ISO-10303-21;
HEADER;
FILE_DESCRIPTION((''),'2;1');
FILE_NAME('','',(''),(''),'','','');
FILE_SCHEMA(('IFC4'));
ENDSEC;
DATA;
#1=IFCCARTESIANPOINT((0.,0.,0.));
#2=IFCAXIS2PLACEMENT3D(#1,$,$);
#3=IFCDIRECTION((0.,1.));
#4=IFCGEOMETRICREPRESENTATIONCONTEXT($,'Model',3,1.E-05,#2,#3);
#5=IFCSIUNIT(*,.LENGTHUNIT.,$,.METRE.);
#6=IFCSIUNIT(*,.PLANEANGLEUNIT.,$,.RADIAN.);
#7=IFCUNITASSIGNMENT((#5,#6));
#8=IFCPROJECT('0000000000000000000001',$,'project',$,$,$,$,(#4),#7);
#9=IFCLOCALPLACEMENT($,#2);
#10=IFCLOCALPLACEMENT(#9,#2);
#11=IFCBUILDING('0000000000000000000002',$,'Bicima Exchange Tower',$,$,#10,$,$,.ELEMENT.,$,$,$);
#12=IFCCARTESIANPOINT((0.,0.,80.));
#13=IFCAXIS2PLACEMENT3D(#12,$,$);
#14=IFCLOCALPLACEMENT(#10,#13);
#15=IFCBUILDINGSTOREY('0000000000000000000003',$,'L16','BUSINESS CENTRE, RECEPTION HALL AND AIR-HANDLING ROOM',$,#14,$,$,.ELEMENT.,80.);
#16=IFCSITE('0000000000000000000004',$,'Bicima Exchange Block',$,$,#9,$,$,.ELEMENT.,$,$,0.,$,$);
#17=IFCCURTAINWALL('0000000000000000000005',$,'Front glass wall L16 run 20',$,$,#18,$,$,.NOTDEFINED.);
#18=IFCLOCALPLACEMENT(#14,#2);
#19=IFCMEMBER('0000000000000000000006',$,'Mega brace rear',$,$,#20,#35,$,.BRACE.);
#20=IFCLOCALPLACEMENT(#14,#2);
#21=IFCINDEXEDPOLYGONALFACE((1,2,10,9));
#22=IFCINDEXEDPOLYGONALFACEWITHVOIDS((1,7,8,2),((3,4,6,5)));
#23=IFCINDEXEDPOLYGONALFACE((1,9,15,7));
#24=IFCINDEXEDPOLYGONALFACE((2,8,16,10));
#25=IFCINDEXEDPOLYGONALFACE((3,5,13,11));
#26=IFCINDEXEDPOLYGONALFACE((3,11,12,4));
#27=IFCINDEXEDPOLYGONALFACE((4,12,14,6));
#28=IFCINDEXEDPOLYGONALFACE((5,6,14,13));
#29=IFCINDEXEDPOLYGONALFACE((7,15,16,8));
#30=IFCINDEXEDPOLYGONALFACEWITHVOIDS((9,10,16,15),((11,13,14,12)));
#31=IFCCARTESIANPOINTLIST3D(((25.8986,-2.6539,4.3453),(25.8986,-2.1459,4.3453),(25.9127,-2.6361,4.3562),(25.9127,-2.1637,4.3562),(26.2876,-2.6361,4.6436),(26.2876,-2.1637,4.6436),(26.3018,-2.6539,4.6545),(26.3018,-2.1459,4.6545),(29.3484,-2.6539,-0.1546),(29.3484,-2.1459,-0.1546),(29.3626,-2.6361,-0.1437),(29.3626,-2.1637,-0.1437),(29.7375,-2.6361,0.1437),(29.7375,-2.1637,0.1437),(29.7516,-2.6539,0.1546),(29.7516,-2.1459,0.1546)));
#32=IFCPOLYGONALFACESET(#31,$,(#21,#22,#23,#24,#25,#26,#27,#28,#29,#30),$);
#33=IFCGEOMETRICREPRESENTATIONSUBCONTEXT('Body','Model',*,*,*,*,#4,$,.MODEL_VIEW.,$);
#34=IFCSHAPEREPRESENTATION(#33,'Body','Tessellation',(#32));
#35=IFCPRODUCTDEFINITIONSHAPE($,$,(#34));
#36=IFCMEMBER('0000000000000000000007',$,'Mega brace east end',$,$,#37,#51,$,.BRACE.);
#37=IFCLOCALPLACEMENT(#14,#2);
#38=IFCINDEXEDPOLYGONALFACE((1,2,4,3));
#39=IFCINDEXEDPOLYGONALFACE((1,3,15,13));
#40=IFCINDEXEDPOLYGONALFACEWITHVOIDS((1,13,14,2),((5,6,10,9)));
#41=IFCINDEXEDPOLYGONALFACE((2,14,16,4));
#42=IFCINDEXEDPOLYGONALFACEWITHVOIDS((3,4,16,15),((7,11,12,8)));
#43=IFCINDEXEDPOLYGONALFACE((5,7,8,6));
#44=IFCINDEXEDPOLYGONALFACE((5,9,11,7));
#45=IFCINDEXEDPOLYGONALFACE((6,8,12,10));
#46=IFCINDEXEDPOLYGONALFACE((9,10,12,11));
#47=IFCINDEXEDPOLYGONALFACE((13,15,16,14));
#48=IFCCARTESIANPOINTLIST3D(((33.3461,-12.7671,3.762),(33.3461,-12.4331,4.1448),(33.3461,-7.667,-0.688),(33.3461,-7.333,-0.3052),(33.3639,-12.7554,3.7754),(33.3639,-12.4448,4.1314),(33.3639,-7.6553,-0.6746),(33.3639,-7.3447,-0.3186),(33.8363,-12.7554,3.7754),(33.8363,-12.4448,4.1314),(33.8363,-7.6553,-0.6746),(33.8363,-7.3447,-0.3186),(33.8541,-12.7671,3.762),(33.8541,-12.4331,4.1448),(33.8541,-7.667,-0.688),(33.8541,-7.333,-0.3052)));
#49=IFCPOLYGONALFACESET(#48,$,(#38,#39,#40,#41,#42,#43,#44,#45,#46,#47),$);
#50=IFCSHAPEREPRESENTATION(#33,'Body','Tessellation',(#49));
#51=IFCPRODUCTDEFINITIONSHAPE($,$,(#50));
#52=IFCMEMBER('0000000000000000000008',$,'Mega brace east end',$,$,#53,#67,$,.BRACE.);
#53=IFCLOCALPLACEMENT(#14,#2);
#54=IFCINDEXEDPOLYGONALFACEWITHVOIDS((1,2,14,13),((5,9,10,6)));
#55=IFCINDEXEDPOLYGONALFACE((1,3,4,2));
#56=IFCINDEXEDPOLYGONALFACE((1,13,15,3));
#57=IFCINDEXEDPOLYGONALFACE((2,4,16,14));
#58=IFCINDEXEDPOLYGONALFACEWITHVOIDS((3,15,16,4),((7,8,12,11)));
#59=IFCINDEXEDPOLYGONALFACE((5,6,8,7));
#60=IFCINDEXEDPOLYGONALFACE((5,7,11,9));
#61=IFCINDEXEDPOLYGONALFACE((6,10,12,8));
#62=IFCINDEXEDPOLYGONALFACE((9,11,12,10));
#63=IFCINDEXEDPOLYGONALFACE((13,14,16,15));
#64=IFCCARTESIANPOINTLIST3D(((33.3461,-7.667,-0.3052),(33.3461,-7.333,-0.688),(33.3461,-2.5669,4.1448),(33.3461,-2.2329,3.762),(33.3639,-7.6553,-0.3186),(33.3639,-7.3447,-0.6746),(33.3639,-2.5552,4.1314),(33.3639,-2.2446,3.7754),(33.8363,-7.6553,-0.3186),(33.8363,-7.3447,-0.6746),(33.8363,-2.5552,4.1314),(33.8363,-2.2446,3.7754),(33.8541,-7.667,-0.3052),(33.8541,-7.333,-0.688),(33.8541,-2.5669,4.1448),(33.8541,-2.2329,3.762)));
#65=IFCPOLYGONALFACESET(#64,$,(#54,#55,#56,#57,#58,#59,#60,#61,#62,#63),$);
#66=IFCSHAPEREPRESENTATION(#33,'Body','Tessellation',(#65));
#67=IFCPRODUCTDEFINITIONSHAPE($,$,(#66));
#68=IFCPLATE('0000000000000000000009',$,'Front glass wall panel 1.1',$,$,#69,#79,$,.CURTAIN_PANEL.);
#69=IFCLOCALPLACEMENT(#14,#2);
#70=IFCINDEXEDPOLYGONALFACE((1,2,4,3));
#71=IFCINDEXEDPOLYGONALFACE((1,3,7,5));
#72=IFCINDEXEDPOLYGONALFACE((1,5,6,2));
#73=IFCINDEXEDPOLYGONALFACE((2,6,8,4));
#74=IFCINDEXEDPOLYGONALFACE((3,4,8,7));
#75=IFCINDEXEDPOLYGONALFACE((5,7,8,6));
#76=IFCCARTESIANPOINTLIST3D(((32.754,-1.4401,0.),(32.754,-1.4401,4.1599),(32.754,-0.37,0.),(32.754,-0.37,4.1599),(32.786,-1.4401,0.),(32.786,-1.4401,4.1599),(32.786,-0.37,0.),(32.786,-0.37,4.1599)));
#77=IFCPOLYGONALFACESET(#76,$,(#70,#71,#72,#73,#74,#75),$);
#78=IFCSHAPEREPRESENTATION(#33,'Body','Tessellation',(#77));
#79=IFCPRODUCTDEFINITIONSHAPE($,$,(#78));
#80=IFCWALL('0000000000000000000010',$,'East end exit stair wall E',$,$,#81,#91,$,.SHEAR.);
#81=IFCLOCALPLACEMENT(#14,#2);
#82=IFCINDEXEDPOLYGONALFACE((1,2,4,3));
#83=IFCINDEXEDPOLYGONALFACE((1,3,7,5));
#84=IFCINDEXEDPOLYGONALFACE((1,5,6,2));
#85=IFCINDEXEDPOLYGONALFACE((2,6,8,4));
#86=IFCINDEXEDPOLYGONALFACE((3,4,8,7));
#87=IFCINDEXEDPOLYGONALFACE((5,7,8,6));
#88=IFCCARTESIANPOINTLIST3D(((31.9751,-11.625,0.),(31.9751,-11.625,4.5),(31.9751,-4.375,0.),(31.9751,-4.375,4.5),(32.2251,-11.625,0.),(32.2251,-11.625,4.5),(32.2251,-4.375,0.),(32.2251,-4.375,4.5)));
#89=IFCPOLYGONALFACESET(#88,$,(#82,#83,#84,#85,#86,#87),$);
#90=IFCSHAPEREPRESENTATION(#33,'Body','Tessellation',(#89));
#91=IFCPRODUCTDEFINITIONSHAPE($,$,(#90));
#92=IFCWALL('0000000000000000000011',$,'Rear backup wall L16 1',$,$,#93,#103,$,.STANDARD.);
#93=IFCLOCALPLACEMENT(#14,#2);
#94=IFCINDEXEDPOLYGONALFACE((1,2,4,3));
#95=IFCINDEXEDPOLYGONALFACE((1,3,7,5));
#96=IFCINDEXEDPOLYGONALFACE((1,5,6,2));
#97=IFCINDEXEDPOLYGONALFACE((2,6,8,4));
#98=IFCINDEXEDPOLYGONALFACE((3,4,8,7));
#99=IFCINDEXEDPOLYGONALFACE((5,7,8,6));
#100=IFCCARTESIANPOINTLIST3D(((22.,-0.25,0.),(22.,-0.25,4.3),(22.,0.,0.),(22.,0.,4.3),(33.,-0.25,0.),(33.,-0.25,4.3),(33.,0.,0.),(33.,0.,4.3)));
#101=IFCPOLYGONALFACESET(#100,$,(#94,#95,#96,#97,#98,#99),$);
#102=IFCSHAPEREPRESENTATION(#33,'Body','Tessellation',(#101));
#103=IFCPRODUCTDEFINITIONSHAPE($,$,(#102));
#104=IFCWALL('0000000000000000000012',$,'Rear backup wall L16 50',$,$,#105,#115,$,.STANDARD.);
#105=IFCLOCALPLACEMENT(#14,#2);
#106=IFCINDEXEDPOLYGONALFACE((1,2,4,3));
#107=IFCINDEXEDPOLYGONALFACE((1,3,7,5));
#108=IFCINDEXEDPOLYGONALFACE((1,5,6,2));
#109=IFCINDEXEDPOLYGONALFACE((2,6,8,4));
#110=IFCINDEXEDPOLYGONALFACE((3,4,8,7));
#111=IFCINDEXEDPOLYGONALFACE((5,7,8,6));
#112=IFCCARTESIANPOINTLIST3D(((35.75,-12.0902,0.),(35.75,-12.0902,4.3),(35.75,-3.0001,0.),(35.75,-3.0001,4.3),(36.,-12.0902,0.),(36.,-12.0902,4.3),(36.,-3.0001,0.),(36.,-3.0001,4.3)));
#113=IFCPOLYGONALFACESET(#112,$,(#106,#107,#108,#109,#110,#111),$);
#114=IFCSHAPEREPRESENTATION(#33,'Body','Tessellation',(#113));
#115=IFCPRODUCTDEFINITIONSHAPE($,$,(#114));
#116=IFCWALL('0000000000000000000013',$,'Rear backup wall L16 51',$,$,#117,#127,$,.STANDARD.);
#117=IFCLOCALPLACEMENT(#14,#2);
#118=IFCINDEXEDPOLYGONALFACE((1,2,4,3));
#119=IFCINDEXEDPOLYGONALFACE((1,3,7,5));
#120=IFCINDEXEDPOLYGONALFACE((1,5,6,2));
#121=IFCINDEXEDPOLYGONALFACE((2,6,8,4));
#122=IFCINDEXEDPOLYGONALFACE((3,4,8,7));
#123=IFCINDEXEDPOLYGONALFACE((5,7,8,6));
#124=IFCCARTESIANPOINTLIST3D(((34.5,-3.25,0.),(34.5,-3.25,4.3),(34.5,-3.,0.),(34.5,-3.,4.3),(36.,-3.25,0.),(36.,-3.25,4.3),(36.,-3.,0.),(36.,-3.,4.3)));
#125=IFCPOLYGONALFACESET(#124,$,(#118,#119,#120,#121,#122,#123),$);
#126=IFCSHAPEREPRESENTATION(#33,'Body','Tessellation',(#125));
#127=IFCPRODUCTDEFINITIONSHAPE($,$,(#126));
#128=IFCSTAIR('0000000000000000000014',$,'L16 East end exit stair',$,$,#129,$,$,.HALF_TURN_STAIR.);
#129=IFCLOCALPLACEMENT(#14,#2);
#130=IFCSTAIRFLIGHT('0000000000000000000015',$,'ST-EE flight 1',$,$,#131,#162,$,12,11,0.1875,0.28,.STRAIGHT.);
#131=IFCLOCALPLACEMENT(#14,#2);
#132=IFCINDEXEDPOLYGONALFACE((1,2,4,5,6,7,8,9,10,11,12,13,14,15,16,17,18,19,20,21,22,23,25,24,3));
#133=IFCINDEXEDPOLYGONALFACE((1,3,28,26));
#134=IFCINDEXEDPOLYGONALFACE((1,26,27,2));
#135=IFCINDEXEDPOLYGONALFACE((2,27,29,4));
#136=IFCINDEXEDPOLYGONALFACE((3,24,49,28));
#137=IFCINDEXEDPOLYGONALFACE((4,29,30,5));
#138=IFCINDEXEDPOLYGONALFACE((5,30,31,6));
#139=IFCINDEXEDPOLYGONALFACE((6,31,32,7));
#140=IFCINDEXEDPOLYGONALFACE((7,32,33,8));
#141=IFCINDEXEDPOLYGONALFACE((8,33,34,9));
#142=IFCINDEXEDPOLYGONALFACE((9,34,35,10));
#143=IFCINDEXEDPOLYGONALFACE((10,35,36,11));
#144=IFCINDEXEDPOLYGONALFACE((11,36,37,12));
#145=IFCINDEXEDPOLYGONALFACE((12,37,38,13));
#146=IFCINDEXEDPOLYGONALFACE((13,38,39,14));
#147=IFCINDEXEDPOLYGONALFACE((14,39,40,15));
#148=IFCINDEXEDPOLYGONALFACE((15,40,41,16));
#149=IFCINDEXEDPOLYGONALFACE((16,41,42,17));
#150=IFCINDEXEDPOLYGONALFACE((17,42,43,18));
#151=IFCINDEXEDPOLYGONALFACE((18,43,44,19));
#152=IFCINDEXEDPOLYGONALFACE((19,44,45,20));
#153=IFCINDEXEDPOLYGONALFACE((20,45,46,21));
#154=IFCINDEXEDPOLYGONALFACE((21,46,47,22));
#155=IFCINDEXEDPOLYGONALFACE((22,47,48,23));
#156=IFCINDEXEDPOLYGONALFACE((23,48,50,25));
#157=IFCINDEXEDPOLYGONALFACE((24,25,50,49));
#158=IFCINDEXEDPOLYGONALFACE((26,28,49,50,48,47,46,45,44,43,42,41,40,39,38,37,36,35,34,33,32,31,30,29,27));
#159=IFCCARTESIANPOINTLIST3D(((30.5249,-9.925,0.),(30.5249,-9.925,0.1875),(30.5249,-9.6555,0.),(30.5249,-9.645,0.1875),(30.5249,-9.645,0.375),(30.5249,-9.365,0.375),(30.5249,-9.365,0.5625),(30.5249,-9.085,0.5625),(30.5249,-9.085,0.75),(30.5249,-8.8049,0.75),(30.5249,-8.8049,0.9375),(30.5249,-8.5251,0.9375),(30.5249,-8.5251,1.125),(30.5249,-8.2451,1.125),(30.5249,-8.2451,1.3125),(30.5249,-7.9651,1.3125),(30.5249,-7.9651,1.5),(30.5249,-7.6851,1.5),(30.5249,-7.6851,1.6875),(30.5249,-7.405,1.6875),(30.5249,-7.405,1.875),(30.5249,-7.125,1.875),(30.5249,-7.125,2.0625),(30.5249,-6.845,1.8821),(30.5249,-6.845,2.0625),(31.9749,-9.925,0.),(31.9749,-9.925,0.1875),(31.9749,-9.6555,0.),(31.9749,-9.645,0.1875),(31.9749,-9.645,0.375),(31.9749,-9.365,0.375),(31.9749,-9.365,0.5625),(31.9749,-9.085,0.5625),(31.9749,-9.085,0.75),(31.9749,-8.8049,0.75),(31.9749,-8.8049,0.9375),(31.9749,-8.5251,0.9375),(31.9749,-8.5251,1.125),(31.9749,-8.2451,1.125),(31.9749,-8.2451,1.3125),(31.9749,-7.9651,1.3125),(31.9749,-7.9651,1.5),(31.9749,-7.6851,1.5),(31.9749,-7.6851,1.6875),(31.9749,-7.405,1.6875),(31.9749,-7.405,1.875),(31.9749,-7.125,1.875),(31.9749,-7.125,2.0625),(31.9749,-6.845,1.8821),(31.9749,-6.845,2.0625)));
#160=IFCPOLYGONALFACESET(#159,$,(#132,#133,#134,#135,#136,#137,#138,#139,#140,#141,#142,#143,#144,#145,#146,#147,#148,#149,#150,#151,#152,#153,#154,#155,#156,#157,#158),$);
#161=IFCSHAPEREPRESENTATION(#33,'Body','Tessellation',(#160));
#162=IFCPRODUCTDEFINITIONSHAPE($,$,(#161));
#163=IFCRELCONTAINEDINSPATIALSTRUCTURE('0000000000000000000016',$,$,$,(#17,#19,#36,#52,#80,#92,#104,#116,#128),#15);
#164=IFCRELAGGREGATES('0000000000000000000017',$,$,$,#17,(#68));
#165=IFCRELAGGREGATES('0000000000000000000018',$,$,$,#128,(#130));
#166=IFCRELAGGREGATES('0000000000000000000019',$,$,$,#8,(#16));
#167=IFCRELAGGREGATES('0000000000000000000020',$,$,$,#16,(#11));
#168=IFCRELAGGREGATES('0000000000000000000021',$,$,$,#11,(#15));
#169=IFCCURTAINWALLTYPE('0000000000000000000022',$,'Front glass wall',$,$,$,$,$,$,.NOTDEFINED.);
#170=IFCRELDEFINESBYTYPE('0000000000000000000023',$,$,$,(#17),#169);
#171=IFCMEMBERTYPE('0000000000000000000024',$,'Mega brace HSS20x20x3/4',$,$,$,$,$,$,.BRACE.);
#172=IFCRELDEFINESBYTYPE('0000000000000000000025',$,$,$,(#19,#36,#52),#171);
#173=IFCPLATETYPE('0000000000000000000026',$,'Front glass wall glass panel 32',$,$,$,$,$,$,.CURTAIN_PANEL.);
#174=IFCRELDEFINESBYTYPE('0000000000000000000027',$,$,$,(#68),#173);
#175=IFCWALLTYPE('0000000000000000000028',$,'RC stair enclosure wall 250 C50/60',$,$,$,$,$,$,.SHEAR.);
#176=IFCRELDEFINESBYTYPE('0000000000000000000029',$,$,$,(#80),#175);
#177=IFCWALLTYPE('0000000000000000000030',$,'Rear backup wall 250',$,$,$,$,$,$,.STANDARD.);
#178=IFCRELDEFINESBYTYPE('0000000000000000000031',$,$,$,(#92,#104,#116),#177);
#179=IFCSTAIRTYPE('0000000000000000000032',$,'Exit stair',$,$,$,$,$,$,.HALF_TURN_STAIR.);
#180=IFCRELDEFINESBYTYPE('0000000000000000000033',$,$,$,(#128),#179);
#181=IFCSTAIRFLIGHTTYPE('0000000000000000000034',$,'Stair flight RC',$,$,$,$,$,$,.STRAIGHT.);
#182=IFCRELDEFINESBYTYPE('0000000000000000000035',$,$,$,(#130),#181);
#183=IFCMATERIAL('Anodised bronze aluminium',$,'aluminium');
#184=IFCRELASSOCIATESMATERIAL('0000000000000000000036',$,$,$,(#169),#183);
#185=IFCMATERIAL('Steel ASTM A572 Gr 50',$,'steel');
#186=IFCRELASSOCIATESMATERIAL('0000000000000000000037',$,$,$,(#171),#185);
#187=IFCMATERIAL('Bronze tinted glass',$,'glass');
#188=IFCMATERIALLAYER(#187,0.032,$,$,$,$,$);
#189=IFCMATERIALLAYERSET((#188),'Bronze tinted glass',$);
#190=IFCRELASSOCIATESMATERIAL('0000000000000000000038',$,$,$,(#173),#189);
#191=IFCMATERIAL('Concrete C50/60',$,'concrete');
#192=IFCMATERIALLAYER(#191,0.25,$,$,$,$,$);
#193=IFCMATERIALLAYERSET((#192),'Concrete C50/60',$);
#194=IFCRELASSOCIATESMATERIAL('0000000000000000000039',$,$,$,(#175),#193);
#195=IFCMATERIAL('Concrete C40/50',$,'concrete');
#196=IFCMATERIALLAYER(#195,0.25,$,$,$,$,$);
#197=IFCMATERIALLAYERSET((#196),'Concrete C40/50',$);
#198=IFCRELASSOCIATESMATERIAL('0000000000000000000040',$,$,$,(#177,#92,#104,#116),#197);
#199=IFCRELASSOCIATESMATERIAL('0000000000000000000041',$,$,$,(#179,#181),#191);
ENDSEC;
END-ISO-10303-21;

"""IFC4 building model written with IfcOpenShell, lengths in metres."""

from ifc_helpers import new_model, si_unit, direction, frame, frame_2d, origin, origin_2d, place, context, subcontext, project, spatial, polyline, rectangle, hollow_rectangle, outline, extrude, material, layer, layer_set, layer_usage, material_profile, profile_set, type_object, element, aggregate, save


model = new_model("IFC4")

# Units and contexts
model_context = context("Model", 3, precision=1e-05, world=origin(), true_north=direction((0.0, 1.0)))
body_context = subcontext(model_context, "Body", "Model", "MODEL_VIEW")
ifc_project = project(units=[si_unit("LENGTHUNIT", "METRE"), si_unit("PLANEANGLEUNIT", "RADIAN")], contexts=[model_context])

# Site, building, storey
site_placement = place(None, origin())
site = spatial("IfcSite", under=ifc_project, at=site_placement, Name="Bicima Exchange Block", CompositionType="ELEMENT", RefElevation=0.0)
building_placement = place(site_placement, origin())
building = spatial("IfcBuilding", under=site, at=building_placement, Name="Bicima Exchange Tower", CompositionType="ELEMENT")
storey_placement = place(building_placement, frame((0.0, 0.0, 80.0)))
storey = spatial("IfcBuildingStorey", under=building, at=storey_placement, Name="L16", Description="BUSINESS CENTRE, RECEPTION HALL AND AIR-HANDLING ROOM", CompositionType="ELEMENT", Elevation=80.0)

# Shared definitions
ifc_material_1 = material(Name="Steel ASTM A572 Gr 50", Category="steel")

# Shared definitions
ifc_material_2 = material(Name="Anodised bronze aluminium", Category="aluminium")

# Curtain wall
curtain_wall_type_1 = type_object("IfcCurtainWallType", Name="Front glass wall", PredefinedType="NOTDEFINED", material=ifc_material_2)
curtain_wall_1_placement = place(storey_placement, origin())
curtain_wall_1 = element("IfcCurtainWall", 1, at=curtain_wall_1_placement, inside=storey, type_object=curtain_wall_type_1, Name="Front glass wall L16 run 20", PredefinedType="NOTDEFINED")

# Members
ifc_material_profile_1 = material_profile(ifc_material_1, hollow_rectangle(XDim=0.5081, YDim=0.5081, WallThickness=0.0178, at=origin_2d()))
ifc_profile_set_1 = profile_set([ifc_material_profile_1], Name="Steel ASTM A572 Gr 50")
member_type_1 = type_object("IfcMemberType", Name="Mega brace HSS20x20x3/4", PredefinedType="BRACE", material=ifc_profile_set_1)
for number, where, z_axis, x_axis, name in (
    (2, (29.55, -2.3999, 0.0), (-0.608426, 0.0, 0.793611), (0.0, -1.0, 0.0), "Mega brace rear"),
):
    element("IfcMember", number, at=place(storey_placement, frame(where, z_axis=z_axis, x_axis=x_axis)), inside=storey, type_object=member_type_1, Name=name, PredefinedType="BRACE", context=body_context, shape_type="SweptSolid", body=[
        extrude(hollow_rectangle(XDim=0.5081, YDim=0.5081, WallThickness=0.0178, at=origin_2d()), origin(), (0.0, 0.0, 1.0), 5.6702),
    ])
for number, where, z_axis, x_axis, name in (
    (3, (33.6001, -7.5, -0.4966), (0.0, -0.753501, 0.657447), (1.0, 0.0, 0.0), "Mega brace east end"),
    (4, (33.6001, -7.5, -0.4966), (0.0, 0.753501, 0.657447), (-1.0, 0.0, 0.0), "Mega brace east end"),
):
    element("IfcMember", number, at=place(storey_placement, frame(where, z_axis=z_axis, x_axis=x_axis)), inside=storey, type_object=member_type_1, Name=name, PredefinedType="BRACE", context=body_context, shape_type="SweptSolid", body=[
        extrude(hollow_rectangle(XDim=0.5081, YDim=0.5081, WallThickness=0.0178, at=origin_2d()), origin(), (0.0, 0.0, 1.0), 6.7686),
    ])

# Plate
ifc_material_3 = material(Name="Bronze tinted glass", Category="glass")
ifc_layer_1 = layer(ifc_material_3, 0.032)
ifc_layer_set_1 = layer_set([ifc_layer_1], Name="Bronze tinted glass")
plate_type = type_object("IfcPlateType", Name="Front glass wall glass panel 32", PredefinedType="CURTAIN_PANEL", material=ifc_layer_set_1)
plate_placement = place(storey_placement, frame((32.77, -0.905, 0.0), z_axis=(0.0, 0.0, 1.0), x_axis=(0.0, 1.0, 0.0)))
plate = element("IfcPlate", 5, at=plate_placement, type_object=plate_type, Name="Front glass wall panel 1.1", PredefinedType="CURTAIN_PANEL", context=body_context, shape_type="SweptSolid", body=[
    extrude(rectangle(XDim=1.0701, YDim=0.032, at=origin_2d()), origin(), (0.0, 0.0, 1.0), 4.1599),
])
aggregate(curtain_wall_1, [plate])

# Walls
ifc_material_4 = material(Name="Concrete C50/60", Category="concrete")
ifc_layer_2 = layer(ifc_material_4, 0.25)
ifc_layer_set_2 = layer_set([ifc_layer_2], Name="Concrete C50/60")
wall_type_1 = type_object("IfcWallType", Name="RC stair enclosure wall 250 C50/60", PredefinedType="SHEAR", material=ifc_layer_set_2)
wall_1_placement = place(storey_placement, frame((32.1001, -11.625, 0.0), z_axis=(0.0, 0.0, 1.0), x_axis=(0.0, 1.0, 0.0)))
element("IfcWall", 6, at=wall_1_placement, inside=storey, type_object=wall_type_1, Name="East end exit stair wall E", PredefinedType="SHEAR", context=body_context, shape_type="SweptSolid", body=[
    extrude(rectangle(XDim=7.25, YDim=0.25, at=frame_2d((3.625, 0.0))), origin(), (0.0, 0.0, 1.0), 4.5),
])
ifc_material_5 = material(Name="Concrete C40/50", Category="concrete")
ifc_layer_3 = layer(ifc_material_5, 0.25)
ifc_layer_set_3 = layer_set([ifc_layer_3], Name="Concrete C40/50")
ifc_layer_usage = layer_usage(ifc_layer_set_3, "AXIS2", "POSITIVE", -0.125)
wall_type_2 = type_object("IfcWallType", Name="Rear backup wall 250", PredefinedType="STANDARD", material=ifc_layer_set_3)
wall_2_placement = place(storey_placement, frame((33.0, -0.125, 0.0), z_axis=(0.0, 0.0, 1.0), x_axis=(-1.0, 0.0, 0.0)))
element("IfcWall", 7, at=wall_2_placement, inside=storey, type_object=wall_type_2, material=ifc_layer_usage, Name="Rear backup wall L16 1", PredefinedType="STANDARD", context=body_context, shape_type="SweptSolid", body=[
    extrude(rectangle(XDim=11.0, YDim=0.25, at=frame_2d((5.5, 0.0))), origin(), (0.0, 0.0, 1.0), 4.3),
])
wall_3_placement = place(storey_placement, frame((35.875, -12.0901, 0.0), z_axis=(0.0, 0.0, 1.0), x_axis=(0.0, 1.0, 0.0)))
element("IfcWall", 8, at=wall_3_placement, inside=storey, type_object=wall_type_2, material=ifc_layer_usage, Name="Rear backup wall L16 50", PredefinedType="STANDARD", context=body_context, shape_type="SweptSolid", body=[
    extrude(rectangle(XDim=9.0901, YDim=0.25, at=frame_2d((4.5449, 0.0))), origin(), (0.0, 0.0, 1.0), 4.3),
])
wall_4_placement = place(storey_placement, frame((36.0, -3.125, 0.0), z_axis=(0.0, 0.0, 1.0), x_axis=(-1.0, 0.0, 0.0)))
element("IfcWall", 9, at=wall_4_placement, inside=storey, type_object=wall_type_2, material=ifc_layer_usage, Name="Rear backup wall L16 51", PredefinedType="STANDARD", context=body_context, shape_type="SweptSolid", body=[
    extrude(rectangle(XDim=1.5, YDim=0.25, at=frame_2d((0.75, 0.0))), origin(), (0.0, 0.0, 1.0), 4.3),
])

# Stair, stair flight
stair_type = type_object("IfcStairType", Name="Exit stair", PredefinedType="HALF_TURN_STAIR", material=ifc_material_4)
stair_placement = place(storey_placement, origin())
stair = element("IfcStair", 10, at=stair_placement, inside=storey, type_object=stair_type, Name="L16 East end exit stair", PredefinedType="HALF_TURN_STAIR")
stair_flight_type = type_object("IfcStairFlightType", Name="Stair flight RC", PredefinedType="STRAIGHT", material=ifc_material_4)
stair_flight_1_placement = place(storey_placement, frame((31.25, -9.925, 0.0), z_axis=(0.0, 0.0, 1.0), x_axis=(0.0, 1.0, 0.0)))
stair_flight_1 = element("IfcStairFlight", 11, at=stair_flight_1_placement, type_object=stair_flight_type, Name="ST-EE flight 1", NumberOfRisers=12, NumberOfTreads=11, PredefinedType="STRAIGHT", RiserHeight=0.1875, TreadLength=0.28, context=body_context, shape_type="SweptSolid", body=[
    extrude(outline(polyline([(0.0, 0.0), (0.0, 0.1875), (0.28, 0.1875), (0.28, 0.375), (0.5601, 0.375), (0.5601, 0.5625), (0.8401, 0.5625), (0.8401, 0.75), (1.1201, 0.75), (1.1201, 0.9375), (1.3999, 0.9375), (1.3999, 1.125), (1.6799, 1.125), (1.6799, 1.3125), (1.96, 1.3125), (1.96, 1.5), (2.24, 1.5), (2.24, 1.6875), (2.52, 1.6875), (2.52, 1.875), (2.8, 1.875), (2.8, 2.0625), (3.0801, 2.0625), (3.0801, 2.25), (3.0801, 1.8821), (0.2695, 0.0), (0.0, 0.0)])), frame((0.0, 0.7251, 0.0), z_axis=(0.0, -1.0, 0.0), x_axis=(1.0, 0.0, 0.0)), (0.0, 0.0, 1.0), 1.45),
])
aggregate(stair, [stair_flight_1])

save(model, "model.ifc")
